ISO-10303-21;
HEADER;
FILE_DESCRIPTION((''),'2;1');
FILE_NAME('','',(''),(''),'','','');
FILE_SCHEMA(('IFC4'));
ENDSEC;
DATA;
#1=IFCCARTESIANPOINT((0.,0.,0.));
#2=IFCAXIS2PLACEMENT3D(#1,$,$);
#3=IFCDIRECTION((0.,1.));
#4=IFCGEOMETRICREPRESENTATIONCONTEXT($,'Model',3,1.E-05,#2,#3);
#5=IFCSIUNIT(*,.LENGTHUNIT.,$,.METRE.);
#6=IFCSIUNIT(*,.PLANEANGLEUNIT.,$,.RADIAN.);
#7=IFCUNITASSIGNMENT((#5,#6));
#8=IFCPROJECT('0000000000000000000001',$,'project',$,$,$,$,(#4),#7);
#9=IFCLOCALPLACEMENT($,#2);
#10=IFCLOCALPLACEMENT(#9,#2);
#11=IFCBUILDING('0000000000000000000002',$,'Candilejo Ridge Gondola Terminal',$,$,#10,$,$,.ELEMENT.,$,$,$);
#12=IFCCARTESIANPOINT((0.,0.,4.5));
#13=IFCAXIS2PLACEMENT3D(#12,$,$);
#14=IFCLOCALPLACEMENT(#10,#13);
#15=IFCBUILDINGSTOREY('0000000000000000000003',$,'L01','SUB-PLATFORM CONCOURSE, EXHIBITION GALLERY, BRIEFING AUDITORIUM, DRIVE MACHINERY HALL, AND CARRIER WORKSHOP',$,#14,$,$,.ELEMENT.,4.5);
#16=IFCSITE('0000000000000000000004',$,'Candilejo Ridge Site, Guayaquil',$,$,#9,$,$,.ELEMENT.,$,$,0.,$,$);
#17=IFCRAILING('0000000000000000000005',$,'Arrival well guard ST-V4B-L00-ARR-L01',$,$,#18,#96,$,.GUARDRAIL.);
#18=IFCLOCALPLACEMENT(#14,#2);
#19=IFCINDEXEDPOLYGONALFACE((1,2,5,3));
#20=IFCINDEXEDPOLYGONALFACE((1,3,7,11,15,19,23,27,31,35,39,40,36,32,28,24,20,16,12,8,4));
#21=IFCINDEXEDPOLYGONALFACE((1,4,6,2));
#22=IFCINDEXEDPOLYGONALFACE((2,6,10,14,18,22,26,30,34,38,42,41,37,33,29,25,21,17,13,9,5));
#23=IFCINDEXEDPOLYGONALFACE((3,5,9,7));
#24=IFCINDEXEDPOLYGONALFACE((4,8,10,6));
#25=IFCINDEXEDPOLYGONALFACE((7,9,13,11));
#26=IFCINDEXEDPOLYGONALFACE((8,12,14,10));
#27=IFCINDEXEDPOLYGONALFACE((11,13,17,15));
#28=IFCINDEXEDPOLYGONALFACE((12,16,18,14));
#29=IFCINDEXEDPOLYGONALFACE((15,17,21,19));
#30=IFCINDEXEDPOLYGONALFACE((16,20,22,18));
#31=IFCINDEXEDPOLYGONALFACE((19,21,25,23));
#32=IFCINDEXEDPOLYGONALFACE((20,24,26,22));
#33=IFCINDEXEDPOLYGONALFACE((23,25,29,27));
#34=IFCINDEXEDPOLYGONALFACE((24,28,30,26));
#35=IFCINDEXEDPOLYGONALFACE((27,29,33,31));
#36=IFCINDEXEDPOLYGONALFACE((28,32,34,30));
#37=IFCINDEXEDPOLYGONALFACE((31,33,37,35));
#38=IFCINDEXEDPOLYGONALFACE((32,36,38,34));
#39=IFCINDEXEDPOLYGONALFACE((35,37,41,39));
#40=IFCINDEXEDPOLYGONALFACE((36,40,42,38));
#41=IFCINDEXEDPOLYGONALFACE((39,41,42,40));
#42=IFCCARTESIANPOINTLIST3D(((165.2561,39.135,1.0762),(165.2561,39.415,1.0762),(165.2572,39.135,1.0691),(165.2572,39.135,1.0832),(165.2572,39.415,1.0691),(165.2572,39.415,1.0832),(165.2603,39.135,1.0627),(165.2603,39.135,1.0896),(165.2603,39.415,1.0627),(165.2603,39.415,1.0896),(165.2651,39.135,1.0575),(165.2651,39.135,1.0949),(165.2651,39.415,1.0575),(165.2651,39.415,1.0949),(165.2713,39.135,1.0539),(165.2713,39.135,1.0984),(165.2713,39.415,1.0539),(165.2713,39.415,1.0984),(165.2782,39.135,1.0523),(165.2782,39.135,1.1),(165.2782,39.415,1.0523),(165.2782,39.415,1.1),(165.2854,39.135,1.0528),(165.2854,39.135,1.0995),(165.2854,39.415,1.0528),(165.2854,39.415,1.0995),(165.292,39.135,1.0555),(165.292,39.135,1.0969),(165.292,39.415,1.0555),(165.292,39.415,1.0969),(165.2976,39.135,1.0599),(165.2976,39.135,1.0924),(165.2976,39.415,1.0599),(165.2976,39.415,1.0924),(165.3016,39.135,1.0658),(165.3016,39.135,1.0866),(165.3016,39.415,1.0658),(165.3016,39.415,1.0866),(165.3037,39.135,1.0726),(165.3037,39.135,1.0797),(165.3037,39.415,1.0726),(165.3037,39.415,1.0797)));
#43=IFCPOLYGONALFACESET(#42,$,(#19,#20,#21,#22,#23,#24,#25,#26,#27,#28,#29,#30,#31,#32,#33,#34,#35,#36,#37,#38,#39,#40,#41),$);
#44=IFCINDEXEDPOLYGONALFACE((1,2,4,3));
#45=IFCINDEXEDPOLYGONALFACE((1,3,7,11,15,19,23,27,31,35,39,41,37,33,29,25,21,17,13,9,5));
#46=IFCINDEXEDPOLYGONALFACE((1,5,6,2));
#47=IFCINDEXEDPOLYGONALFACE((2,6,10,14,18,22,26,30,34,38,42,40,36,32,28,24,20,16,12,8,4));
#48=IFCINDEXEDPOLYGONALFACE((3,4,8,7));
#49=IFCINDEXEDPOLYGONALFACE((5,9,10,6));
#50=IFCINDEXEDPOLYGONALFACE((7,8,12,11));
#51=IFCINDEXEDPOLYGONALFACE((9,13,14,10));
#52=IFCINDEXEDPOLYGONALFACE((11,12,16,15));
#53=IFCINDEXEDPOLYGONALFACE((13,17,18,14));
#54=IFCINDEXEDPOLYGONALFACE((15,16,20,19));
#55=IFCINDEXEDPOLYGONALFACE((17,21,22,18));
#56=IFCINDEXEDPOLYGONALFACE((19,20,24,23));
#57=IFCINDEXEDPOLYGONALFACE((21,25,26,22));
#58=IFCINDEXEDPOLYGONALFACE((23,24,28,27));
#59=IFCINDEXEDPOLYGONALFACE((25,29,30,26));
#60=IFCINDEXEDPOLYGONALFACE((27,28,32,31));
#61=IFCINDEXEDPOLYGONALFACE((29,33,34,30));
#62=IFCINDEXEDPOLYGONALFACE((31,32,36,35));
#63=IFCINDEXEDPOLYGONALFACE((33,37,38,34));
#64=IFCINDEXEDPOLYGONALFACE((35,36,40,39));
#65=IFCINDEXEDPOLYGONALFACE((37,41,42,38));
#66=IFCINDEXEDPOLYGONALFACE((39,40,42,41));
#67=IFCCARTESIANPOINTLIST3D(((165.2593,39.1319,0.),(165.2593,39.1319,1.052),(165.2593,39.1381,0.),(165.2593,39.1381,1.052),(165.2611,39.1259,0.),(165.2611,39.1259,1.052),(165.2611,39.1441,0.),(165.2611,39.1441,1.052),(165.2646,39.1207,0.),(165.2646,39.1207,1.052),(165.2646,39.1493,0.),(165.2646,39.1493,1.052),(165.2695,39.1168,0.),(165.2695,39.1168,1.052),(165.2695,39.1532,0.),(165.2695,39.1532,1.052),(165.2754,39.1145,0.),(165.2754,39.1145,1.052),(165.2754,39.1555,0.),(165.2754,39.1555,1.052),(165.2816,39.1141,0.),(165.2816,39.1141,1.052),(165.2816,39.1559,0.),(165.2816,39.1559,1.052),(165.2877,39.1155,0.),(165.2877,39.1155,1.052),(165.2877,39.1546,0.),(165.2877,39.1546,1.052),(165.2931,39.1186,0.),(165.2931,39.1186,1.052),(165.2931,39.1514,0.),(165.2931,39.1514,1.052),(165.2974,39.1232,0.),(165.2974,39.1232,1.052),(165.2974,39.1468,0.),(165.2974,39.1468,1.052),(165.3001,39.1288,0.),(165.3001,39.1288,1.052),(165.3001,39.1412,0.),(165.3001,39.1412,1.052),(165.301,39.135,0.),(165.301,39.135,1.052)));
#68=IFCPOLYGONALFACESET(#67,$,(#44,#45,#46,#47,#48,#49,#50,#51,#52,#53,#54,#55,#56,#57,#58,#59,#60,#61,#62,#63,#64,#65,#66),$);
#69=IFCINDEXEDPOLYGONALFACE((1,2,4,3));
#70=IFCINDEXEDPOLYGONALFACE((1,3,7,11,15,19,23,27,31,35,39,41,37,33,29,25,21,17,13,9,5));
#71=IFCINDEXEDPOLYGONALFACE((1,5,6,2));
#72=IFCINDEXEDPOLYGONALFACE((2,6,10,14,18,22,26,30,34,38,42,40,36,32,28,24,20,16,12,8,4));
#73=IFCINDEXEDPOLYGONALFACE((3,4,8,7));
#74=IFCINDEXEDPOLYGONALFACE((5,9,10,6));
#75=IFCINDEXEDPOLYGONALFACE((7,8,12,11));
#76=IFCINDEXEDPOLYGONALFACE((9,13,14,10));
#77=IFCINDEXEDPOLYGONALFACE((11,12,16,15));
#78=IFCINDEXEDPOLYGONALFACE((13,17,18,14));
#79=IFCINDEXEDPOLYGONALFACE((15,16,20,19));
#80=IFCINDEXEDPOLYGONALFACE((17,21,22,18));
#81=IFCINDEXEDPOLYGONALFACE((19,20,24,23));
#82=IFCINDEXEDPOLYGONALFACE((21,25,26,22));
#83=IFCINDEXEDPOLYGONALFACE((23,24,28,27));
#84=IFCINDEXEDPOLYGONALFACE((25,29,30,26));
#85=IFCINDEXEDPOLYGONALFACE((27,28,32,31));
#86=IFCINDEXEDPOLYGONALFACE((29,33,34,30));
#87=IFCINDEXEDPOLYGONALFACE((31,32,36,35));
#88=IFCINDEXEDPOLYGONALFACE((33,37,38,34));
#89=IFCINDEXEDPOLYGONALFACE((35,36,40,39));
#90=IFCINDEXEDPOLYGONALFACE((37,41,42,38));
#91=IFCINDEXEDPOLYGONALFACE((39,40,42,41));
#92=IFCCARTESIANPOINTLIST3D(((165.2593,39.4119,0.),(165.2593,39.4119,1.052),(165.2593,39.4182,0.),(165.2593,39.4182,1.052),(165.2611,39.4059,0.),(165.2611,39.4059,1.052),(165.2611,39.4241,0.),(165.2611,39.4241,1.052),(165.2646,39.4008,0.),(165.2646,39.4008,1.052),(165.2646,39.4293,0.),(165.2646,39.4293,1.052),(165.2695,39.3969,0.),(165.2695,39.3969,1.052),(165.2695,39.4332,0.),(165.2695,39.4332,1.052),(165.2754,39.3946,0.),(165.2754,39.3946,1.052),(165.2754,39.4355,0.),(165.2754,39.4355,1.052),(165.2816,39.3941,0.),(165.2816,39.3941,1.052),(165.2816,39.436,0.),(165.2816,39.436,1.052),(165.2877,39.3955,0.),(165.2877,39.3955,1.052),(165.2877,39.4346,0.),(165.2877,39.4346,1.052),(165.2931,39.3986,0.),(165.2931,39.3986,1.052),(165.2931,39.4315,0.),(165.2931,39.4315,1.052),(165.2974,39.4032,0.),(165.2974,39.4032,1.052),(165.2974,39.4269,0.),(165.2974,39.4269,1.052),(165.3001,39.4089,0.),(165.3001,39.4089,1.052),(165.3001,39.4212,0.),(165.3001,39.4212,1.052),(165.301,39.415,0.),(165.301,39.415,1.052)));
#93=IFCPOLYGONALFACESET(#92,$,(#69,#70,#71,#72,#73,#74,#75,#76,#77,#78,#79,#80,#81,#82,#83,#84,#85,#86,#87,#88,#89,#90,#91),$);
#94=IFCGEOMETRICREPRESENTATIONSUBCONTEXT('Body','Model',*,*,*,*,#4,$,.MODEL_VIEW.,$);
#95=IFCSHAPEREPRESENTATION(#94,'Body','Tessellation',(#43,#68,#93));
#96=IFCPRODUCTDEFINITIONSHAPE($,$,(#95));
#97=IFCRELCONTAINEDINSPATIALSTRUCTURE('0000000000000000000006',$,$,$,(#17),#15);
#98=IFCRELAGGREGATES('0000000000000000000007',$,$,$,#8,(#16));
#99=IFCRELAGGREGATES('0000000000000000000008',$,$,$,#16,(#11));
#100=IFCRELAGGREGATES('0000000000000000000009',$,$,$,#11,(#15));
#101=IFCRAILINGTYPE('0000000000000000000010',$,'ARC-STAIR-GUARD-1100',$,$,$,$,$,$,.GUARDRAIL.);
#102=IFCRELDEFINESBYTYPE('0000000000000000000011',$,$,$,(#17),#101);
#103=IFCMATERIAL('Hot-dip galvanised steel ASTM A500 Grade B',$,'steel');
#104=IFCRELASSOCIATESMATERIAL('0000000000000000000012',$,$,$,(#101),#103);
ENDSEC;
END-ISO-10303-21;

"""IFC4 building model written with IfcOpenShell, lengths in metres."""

from ifc_helpers import new_model, si_unit, direction, frame, origin, origin_2d, place, context, subcontext, project, spatial, circle, extrude, material, type_object, element, save


model = new_model("IFC4")

# Units and contexts
model_context = context("Model", 3, precision=1e-05, world=origin(), true_north=direction((0.0, 1.0)))
body_context = subcontext(model_context, "Body", "Model", "MODEL_VIEW")
ifc_project = project(units=[si_unit("LENGTHUNIT", "METRE"), si_unit("PLANEANGLEUNIT", "RADIAN")], contexts=[model_context])

# Site, building, storey
site_placement = place(None, origin())
site = spatial("IfcSite", under=ifc_project, at=site_placement, Name="Candilejo Ridge Site, Guayaquil", CompositionType="ELEMENT", RefElevation=0.0)
building_placement = place(site_placement, origin())
building = spatial("IfcBuilding", under=site, at=building_placement, Name="Candilejo Ridge Gondola Terminal", CompositionType="ELEMENT")
storey_placement = place(building_placement, frame((0.0, 0.0, 4.5)))
storey = spatial("IfcBuildingStorey", under=building, at=storey_placement, Name="L01", Description="SUB-PLATFORM CONCOURSE, EXHIBITION GALLERY, BRIEFING AUDITORIUM, DRIVE MACHINERY HALL, AND CARRIER WORKSHOP", CompositionType="ELEMENT", Elevation=4.5)

# Railing
ifc_material_1 = material(Name="Hot-dip galvanised steel ASTM A500 Grade B", Category="steel")
railing_type_1 = type_object("IfcRailingType", Name="ARC-STAIR-GUARD-1100", PredefinedType="GUARDRAIL", material=ifc_material_1)
railing_1_placement = place(storey_placement, frame((165.28, 39.135, 0.0)))
element("IfcRailing", 1, at=railing_1_placement, inside=storey, type_object=railing_type_1, Name="Arrival well guard ST-V4B-L00-ARR-L01", PredefinedType="GUARDRAIL", context=body_context, shape_type="SweptSolid", body=[
    extrude(circle(Radius=0.0239, at=origin_2d()), frame((0.0, 0.0, 1.0762), z_axis=(0.0, 1.0, 0.0), x_axis=(-1.0, 0.0, 0.0)), (0.0, 0.0, 1.0), 0.28),
    extrude(circle(Radius=0.021, at=origin_2d()), origin(), (0.0, 0.0, 1.0), 1.052),
    extrude(circle(Radius=0.021, at=origin_2d()), frame((0.0, 0.28, 0.0)), (0.0, 0.0, 1.0), 1.052),
])

save(model, "model.ifc")
